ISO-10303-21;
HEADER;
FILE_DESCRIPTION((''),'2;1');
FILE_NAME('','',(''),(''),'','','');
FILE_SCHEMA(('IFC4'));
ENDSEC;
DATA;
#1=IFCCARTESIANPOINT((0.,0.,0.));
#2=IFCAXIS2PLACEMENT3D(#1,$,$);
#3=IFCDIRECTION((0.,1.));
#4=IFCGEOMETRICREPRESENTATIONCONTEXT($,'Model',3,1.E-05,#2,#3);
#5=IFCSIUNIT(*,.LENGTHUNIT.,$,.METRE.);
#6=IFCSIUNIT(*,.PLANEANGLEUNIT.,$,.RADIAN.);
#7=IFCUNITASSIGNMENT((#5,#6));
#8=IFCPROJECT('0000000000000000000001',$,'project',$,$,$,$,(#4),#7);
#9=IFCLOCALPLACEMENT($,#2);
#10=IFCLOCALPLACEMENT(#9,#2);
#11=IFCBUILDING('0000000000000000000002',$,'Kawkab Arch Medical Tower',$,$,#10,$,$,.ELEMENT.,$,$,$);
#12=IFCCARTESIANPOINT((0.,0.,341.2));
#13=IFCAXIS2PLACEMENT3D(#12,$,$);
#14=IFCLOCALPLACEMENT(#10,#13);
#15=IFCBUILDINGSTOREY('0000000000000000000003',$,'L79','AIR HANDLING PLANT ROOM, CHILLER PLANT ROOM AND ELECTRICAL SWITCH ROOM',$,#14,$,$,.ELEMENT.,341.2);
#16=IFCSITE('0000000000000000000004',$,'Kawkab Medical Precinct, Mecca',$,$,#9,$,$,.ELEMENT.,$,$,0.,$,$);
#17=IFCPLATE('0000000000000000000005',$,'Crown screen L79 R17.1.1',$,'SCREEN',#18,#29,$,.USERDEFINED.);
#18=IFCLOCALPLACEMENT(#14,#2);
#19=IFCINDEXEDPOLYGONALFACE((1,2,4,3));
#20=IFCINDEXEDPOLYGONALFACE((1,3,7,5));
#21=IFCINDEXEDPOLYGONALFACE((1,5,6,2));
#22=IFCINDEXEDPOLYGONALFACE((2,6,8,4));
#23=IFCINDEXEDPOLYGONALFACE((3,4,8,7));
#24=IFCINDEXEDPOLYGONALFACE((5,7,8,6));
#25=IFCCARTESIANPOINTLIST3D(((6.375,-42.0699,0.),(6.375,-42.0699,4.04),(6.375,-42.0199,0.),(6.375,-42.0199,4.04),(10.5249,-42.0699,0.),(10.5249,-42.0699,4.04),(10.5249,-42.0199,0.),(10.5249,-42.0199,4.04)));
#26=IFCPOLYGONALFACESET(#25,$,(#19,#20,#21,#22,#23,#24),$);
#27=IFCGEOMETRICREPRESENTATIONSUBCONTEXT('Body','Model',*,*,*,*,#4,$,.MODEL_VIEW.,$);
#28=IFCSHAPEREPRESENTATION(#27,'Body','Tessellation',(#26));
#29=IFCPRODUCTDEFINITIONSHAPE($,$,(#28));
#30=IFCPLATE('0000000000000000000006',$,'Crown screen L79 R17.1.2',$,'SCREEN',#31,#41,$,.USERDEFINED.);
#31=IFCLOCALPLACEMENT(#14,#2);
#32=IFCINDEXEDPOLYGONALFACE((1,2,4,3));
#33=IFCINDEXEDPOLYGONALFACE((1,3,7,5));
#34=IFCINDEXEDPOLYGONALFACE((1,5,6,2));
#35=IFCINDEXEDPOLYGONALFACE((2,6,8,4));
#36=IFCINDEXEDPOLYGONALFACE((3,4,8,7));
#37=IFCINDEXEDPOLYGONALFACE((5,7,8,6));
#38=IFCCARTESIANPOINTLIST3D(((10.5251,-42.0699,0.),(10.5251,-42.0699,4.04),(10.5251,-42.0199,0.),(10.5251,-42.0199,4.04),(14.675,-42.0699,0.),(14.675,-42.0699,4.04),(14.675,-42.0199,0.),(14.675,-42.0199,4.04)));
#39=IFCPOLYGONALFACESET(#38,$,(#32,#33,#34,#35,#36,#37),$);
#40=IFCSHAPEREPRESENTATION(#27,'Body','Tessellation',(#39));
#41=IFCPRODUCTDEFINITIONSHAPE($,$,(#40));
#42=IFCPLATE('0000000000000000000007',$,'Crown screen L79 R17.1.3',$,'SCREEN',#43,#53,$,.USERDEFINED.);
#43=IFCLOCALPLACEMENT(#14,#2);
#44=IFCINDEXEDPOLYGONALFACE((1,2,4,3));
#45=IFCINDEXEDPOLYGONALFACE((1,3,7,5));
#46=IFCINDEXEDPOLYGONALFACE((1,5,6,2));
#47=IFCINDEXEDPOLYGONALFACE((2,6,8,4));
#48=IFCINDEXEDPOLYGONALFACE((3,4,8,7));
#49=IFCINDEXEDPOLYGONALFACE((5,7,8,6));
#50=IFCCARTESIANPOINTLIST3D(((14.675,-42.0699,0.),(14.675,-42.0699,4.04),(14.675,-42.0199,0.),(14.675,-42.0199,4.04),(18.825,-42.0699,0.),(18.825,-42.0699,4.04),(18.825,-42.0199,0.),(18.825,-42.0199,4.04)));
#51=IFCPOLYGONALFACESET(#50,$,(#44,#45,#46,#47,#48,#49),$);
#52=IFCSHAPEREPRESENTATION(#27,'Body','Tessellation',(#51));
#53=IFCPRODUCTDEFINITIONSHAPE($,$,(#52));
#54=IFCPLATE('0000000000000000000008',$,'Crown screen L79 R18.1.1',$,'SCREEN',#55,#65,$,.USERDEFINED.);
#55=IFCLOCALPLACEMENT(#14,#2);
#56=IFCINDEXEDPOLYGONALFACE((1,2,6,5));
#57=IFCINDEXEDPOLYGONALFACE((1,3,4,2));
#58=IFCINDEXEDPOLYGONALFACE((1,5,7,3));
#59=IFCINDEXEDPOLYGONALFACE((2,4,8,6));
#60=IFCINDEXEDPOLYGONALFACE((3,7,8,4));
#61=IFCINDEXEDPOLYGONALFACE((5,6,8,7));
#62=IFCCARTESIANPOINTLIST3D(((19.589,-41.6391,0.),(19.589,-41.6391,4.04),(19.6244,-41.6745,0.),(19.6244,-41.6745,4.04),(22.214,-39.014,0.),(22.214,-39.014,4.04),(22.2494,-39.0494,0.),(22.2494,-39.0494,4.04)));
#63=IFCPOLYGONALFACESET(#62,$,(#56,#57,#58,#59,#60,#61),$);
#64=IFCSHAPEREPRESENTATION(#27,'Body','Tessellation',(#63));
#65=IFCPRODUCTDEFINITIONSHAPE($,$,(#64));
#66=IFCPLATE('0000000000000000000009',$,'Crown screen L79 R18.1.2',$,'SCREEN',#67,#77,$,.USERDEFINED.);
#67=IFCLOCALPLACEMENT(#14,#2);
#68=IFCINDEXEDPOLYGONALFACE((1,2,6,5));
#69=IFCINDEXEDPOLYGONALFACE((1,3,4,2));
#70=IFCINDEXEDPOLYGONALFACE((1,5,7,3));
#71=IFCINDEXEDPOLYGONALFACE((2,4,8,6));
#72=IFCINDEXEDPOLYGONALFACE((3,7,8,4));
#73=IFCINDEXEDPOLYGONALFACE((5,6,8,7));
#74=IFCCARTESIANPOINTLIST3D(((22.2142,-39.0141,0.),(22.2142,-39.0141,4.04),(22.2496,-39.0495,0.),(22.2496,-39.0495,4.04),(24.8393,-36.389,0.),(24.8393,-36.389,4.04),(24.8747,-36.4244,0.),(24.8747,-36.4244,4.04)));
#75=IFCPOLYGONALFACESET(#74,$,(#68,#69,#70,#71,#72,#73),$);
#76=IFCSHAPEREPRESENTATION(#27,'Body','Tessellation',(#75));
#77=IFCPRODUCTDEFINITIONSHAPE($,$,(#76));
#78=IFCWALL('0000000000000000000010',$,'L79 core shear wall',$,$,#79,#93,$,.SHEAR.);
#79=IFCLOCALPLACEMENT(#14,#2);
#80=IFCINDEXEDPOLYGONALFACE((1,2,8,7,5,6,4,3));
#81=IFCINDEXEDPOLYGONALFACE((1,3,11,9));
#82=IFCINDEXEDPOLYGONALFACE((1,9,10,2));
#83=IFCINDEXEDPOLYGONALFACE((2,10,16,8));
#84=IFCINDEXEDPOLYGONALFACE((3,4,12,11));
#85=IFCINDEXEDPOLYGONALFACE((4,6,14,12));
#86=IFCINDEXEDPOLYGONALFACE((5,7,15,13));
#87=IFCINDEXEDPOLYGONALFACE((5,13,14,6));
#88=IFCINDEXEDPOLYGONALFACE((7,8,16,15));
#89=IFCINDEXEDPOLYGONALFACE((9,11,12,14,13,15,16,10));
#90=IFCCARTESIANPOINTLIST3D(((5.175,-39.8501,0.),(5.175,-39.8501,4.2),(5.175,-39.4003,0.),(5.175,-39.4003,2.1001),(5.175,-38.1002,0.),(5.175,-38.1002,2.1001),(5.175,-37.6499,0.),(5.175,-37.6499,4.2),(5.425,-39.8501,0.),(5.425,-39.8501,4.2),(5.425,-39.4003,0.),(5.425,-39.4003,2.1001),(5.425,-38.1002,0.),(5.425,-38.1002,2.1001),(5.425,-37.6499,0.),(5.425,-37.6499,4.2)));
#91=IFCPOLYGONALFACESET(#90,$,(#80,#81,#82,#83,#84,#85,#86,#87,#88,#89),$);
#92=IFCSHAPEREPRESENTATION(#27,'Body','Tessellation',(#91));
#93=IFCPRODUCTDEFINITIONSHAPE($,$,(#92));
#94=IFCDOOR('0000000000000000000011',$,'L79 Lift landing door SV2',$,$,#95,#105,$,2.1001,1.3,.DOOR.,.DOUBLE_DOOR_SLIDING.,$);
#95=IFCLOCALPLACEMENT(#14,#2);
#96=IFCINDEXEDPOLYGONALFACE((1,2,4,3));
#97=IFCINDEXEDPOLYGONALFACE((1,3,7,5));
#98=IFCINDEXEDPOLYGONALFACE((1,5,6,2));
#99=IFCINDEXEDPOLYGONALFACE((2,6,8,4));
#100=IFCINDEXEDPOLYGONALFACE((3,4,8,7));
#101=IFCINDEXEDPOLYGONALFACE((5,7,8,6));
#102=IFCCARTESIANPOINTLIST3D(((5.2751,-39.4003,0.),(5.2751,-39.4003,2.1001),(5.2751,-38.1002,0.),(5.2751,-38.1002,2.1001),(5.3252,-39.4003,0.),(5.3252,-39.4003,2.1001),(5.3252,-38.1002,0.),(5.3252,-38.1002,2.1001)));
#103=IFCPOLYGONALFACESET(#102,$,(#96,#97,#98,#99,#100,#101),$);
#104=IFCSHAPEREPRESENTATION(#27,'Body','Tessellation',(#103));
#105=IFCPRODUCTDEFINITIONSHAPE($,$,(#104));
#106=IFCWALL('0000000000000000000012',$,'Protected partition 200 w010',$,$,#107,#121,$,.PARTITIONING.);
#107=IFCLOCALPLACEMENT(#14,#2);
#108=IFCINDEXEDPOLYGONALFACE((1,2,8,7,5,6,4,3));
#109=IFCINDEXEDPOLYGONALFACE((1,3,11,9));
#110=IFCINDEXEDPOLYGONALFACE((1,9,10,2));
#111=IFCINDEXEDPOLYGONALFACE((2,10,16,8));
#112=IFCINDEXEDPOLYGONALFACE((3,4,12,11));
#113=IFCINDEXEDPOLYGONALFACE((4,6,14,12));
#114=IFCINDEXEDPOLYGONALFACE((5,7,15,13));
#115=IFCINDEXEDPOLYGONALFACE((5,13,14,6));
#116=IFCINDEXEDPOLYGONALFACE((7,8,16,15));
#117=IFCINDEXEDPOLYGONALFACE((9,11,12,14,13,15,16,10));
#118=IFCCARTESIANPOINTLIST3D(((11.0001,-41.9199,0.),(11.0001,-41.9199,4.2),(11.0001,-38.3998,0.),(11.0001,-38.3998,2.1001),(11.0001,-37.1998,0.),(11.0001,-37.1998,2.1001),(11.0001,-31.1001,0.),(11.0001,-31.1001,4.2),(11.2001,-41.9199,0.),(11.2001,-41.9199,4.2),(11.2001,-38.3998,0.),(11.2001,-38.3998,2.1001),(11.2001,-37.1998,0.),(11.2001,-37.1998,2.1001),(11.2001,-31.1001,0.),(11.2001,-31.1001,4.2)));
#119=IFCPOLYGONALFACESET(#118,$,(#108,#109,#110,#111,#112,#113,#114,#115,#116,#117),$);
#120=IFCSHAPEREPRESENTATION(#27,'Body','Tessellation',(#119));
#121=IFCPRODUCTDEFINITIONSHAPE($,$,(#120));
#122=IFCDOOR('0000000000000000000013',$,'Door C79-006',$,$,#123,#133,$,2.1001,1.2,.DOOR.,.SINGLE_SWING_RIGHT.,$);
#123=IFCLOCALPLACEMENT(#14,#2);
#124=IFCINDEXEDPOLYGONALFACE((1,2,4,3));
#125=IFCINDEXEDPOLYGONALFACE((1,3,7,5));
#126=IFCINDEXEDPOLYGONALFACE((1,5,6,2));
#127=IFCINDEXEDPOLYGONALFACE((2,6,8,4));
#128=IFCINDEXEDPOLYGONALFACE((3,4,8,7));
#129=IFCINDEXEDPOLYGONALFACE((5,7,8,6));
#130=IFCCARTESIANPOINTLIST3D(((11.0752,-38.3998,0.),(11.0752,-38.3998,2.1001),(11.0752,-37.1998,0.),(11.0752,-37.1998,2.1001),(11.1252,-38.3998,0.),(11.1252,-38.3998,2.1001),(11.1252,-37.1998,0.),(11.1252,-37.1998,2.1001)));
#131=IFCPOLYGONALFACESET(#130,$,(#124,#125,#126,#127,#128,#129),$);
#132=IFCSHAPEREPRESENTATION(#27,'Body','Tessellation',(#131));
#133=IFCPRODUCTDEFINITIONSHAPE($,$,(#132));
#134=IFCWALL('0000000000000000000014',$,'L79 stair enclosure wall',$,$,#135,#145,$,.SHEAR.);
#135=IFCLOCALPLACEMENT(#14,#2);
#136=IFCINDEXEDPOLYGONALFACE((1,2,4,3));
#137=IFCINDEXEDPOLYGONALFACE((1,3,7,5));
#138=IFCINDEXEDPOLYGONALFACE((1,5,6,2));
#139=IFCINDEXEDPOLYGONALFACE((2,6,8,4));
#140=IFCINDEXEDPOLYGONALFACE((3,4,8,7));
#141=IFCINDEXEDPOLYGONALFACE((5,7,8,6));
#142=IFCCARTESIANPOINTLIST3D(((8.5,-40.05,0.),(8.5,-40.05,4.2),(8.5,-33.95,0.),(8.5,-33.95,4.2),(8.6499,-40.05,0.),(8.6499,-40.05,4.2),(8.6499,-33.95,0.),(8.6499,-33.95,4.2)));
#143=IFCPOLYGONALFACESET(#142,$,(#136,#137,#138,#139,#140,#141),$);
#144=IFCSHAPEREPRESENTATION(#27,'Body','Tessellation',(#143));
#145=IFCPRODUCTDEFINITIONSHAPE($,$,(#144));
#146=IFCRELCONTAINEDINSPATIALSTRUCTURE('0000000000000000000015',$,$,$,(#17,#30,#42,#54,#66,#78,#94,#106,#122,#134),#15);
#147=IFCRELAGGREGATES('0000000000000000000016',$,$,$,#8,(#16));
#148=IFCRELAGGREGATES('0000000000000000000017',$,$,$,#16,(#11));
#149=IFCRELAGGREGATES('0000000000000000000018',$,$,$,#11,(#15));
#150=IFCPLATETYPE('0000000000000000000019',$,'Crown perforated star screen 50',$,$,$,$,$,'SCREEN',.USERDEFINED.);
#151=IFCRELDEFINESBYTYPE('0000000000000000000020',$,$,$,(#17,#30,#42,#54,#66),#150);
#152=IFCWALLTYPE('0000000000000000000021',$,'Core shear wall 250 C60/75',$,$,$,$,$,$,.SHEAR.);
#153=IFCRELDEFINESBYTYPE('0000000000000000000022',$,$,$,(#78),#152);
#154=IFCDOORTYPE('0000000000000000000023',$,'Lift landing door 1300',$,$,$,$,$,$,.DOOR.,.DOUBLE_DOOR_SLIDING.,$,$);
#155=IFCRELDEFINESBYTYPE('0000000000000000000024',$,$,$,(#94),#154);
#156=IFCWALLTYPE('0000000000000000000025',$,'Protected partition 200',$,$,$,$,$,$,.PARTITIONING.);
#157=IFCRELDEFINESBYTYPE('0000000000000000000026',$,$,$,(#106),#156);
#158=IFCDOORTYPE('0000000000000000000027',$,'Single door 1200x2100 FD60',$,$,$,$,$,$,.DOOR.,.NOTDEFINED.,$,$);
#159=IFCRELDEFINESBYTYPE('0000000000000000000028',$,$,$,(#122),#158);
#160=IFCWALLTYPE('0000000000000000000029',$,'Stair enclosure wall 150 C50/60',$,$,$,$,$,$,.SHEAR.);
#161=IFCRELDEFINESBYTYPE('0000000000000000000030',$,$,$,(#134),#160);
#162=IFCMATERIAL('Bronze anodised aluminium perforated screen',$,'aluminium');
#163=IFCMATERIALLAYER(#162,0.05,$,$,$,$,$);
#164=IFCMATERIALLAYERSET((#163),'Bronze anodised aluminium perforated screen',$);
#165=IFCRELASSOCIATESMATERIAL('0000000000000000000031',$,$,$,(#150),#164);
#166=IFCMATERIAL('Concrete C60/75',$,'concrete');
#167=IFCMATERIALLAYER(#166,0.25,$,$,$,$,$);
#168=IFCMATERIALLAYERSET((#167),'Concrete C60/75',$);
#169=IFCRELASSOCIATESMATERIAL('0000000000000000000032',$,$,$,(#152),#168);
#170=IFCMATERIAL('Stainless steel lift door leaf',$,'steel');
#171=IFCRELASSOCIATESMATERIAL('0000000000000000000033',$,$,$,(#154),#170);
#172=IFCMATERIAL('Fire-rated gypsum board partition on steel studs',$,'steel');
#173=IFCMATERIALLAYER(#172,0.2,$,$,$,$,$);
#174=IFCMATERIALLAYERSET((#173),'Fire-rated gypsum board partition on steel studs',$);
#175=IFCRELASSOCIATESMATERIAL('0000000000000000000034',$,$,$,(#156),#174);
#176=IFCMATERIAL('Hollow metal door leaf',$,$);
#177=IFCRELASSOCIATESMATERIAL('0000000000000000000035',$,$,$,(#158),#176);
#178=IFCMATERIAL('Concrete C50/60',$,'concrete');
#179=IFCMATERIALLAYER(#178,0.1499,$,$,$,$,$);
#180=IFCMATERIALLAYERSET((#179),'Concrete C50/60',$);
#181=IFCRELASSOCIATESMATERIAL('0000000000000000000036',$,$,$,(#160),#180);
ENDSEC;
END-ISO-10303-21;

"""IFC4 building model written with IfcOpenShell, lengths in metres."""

from ifc_helpers import new_model, si_unit, direction, frame, frame_2d, origin, origin_2d, place, context, subcontext, project, spatial, rectangle, extrude, material, layer, layer_set, type_object, element, fill, save


model = new_model("IFC4")

# Units and contexts
model_context = context("Model", 3, precision=1e-05, world=origin(), true_north=direction((0.0, 1.0)))
body_context = subcontext(model_context, "Body", "Model", "MODEL_VIEW")
ifc_project = project(units=[si_unit("LENGTHUNIT", "METRE"), si_unit("PLANEANGLEUNIT", "RADIAN")], contexts=[model_context])

# Site, building, storey
site_placement = place(None, origin())
site = spatial("IfcSite", under=ifc_project, at=site_placement, Name="Kawkab Medical Precinct, Mecca", CompositionType="ELEMENT", RefElevation=0.0)
building_placement = place(site_placement, origin())
building = spatial("IfcBuilding", under=site, at=building_placement, Name="Kawkab Arch Medical Tower", CompositionType="ELEMENT")
storey_placement = place(building_placement, frame((0.0, 0.0, 341.2)))
storey = spatial("IfcBuildingStorey", under=building, at=storey_placement, Name="L79", Description="AIR HANDLING PLANT ROOM, CHILLER PLANT ROOM AND ELECTRICAL SWITCH ROOM", CompositionType="ELEMENT", Elevation=341.2)

# Plates
ifc_material_1 = material(Name="Bronze anodised aluminium perforated screen", Category="aluminium")
ifc_layer_1 = layer(ifc_material_1, 0.05)
ifc_layer_set_1 = layer_set([ifc_layer_1], Name="Bronze anodised aluminium perforated screen")
plate_type_1 = type_object("IfcPlateType", Name="Crown perforated star screen 50", ElementType="SCREEN", PredefinedType="USERDEFINED", material=ifc_layer_set_1)
for number, where, z_axis, x_axis, name in (
    (1, (8.45, -42.0449, 0.0), (0.0, 0.0, 1.0), (1.0, 0.0, 0.0), "Crown screen L79 R17.1.1"),
    (2, (12.6001, -42.0449, 0.0), (0.0, 0.0, 1.0), (1.0, 0.0, 0.0), "Crown screen L79 R17.1.2"),
    (3, (16.75, -42.0449, 0.0), (0.0, 0.0, 1.0), (1.0, 0.0, 0.0), "Crown screen L79 R17.1.3"),
):
    element("IfcPlate", number, at=place(storey_placement, frame(where, z_axis=z_axis, x_axis=x_axis)), inside=storey, type_object=plate_type_1, Name=name, ObjectType="SCREEN", PredefinedType="USERDEFINED", context=body_context, shape_type="SweptSolid", body=[
        extrude(rectangle(XDim=4.1499, YDim=0.05, at=origin_2d()), origin(), (0.0, 0.0, 1.0), 4.04),
    ])
for number, where, z_axis, x_axis, name in (
    (4, (20.9192, -40.3442, 0.0), (0.0, 0.0, 1.0), (0.707107, 0.707107, 0.0), "Crown screen L79 R18.1.1"),
    (5, (23.5444, -37.7192, 0.0), (0.0, 0.0, 1.0), (0.707107, 0.707107, 0.0), "Crown screen L79 R18.1.2"),
):
    element("IfcPlate", number, at=place(storey_placement, frame(where, z_axis=z_axis, x_axis=x_axis)), inside=storey, type_object=plate_type_1, Name=name, ObjectType="SCREEN", PredefinedType="USERDEFINED", context=body_context, shape_type="SweptSolid", body=[
        extrude(rectangle(XDim=3.7124, YDim=0.05, at=origin_2d()), origin(), (0.0, 0.0, 1.0), 4.04),
    ])

# Walls, openings, doors
ifc_material_2 = material(Name="Concrete C60/75", Category="concrete")
ifc_layer_2 = layer(ifc_material_2, 0.25)
ifc_layer_set_2 = layer_set([ifc_layer_2], Name="Concrete C60/75")
wall_type_1 = type_object("IfcWallType", Name="Core shear wall 250 C60/75", PredefinedType="SHEAR", material=ifc_layer_set_2)
wall_1_placement = place(storey_placement, frame((5.3, -39.8501, 0.0), z_axis=(0.0, 0.0, 1.0), x_axis=(0.0, 1.0, 0.0)))
wall_1 = element("IfcWall", 6, at=wall_1_placement, inside=storey, type_object=wall_type_1, Name="L79 core shear wall", PredefinedType="SHEAR", context=body_context, shape_type="SweptSolid", body=[
    extrude(rectangle(XDim=2.2002, YDim=0.25, at=frame_2d((1.1001, 0.0))), origin(), (0.0, 0.0, 1.0), 4.2),
])
opening_1_placement = place(wall_1_placement, frame((0.45, 0.0, 0.0)))
opening_1 = element("IfcOpeningElement", 7, at=opening_1_placement, cuts=wall_1, PredefinedType="OPENING", context=body_context, shape_type="SweptSolid", body=[
    extrude(rectangle(XDim=1.3, YDim=2.1001, at=frame_2d((0.6499, 1.05))), frame((0.0, 0.135, 0.0), z_axis=(0.0, -1.0, 0.0), x_axis=(1.0, 0.0, 0.0)), (0.0, 0.0, 1.0), 0.27),
])
ifc_material_3 = material(Name="Stainless steel lift door leaf", Category="steel")
door_type_1 = type_object("IfcDoorType", Name="Lift landing door 1300", OperationType="DOUBLE_DOOR_SLIDING", PredefinedType="DOOR", material=ifc_material_3)
door_1_placement = place(opening_1_placement, origin())
door_1 = element("IfcDoor", 8, at=door_1_placement, inside=storey, type_object=door_type_1, Name="L79 Lift landing door SV2", OperationType="DOUBLE_DOOR_SLIDING", OverallHeight=2.1001, OverallWidth=1.3, PredefinedType="DOOR", context=body_context, shape_type="SweptSolid", body=[
    extrude(rectangle(XDim=1.3, YDim=2.1001, at=frame_2d((0.6499, 1.05))), frame((0.0, 0.0249, 0.0), z_axis=(0.0, -1.0, 0.0), x_axis=(1.0, 0.0, 0.0)), (0.0, 0.0, 1.0), 0.05),
])
fill(opening_1, door_1)
ifc_material_4 = material(Name="Fire-rated gypsum board partition on steel studs", Category="steel")
ifc_layer_3 = layer(ifc_material_4, 0.2)
ifc_layer_set_3 = layer_set([ifc_layer_3], Name="Fire-rated gypsum board partition on steel studs")
wall_type_2 = type_object("IfcWallType", Name="Protected partition 200", PredefinedType="PARTITIONING", material=ifc_layer_set_3)
wall_2_placement = place(storey_placement, frame((11.1001, -41.9199, 0.0), z_axis=(0.0, 0.0, 1.0), x_axis=(0.0, 1.0, 0.0)))
wall_2 = element("IfcWall", 9, at=wall_2_placement, inside=storey, type_object=wall_type_2, Name="Protected partition 200 w010", PredefinedType="PARTITIONING", context=body_context, shape_type="SweptSolid", body=[
    extrude(rectangle(XDim=10.8198, YDim=0.2, at=frame_2d((5.4099, 0.0))), origin(), (0.0, 0.0, 1.0), 4.2),
])
opening_2_placement = place(wall_2_placement, frame((3.52, 0.0, 0.0)))
opening_2 = element("IfcOpeningElement", 10, at=opening_2_placement, cuts=wall_2, PredefinedType="OPENING", context=body_context, shape_type="SweptSolid", body=[
    extrude(rectangle(XDim=1.2, YDim=2.1001, at=frame_2d((0.6001, 1.05))), frame((0.0, 0.1099, 0.0), z_axis=(0.0, -1.0, 0.0), x_axis=(1.0, 0.0, 0.0)), (0.0, 0.0, 1.0), 0.22),
])
ifc_material_5 = material(Name="Hollow metal door leaf")
door_type_2 = type_object("IfcDoorType", Name="Single door 1200x2100 FD60", OperationType="NOTDEFINED", PredefinedType="DOOR", material=ifc_material_5)
door_2_placement = place(opening_2_placement, origin())
door_2 = element("IfcDoor", 11, at=door_2_placement, inside=storey, type_object=door_type_2, Name="Door C79-006", OperationType="SINGLE_SWING_RIGHT", OverallHeight=2.1001, OverallWidth=1.2, PredefinedType="DOOR", context=body_context, shape_type="SweptSolid", body=[
    extrude(rectangle(XDim=1.2, YDim=2.1001, at=frame_2d((0.6001, 1.05))), frame((0.0, 0.0249, 0.0), z_axis=(0.0, -1.0, 0.0), x_axis=(1.0, 0.0, 0.0)), (0.0, 0.0, 1.0), 0.05),
])
fill(opening_2, door_2)

# Wall
ifc_material_6 = material(Name="Concrete C50/60", Category="concrete")
ifc_layer_4 = layer(ifc_material_6, 0.1499)
ifc_layer_set_4 = layer_set([ifc_layer_4], Name="Concrete C50/60")
wall_type_3 = type_object("IfcWallType", Name="Stair enclosure wall 150 C50/60", PredefinedType="SHEAR", material=ifc_layer_set_4)
wall_3_placement = place(storey_placement, frame((8.575, -40.05, 0.0), z_axis=(0.0, 0.0, 1.0), x_axis=(0.0, 1.0, 0.0)))
element("IfcWall", 12, at=wall_3_placement, inside=storey, type_object=wall_type_3, Name="L79 stair enclosure wall", PredefinedType="SHEAR", context=body_context, shape_type="SweptSolid", body=[
    extrude(rectangle(XDim=6.1001, YDim=0.1499, at=frame_2d((3.05, 0.0))), origin(), (0.0, 0.0, 1.0), 4.2),
])

save(model, "model.ifc")
